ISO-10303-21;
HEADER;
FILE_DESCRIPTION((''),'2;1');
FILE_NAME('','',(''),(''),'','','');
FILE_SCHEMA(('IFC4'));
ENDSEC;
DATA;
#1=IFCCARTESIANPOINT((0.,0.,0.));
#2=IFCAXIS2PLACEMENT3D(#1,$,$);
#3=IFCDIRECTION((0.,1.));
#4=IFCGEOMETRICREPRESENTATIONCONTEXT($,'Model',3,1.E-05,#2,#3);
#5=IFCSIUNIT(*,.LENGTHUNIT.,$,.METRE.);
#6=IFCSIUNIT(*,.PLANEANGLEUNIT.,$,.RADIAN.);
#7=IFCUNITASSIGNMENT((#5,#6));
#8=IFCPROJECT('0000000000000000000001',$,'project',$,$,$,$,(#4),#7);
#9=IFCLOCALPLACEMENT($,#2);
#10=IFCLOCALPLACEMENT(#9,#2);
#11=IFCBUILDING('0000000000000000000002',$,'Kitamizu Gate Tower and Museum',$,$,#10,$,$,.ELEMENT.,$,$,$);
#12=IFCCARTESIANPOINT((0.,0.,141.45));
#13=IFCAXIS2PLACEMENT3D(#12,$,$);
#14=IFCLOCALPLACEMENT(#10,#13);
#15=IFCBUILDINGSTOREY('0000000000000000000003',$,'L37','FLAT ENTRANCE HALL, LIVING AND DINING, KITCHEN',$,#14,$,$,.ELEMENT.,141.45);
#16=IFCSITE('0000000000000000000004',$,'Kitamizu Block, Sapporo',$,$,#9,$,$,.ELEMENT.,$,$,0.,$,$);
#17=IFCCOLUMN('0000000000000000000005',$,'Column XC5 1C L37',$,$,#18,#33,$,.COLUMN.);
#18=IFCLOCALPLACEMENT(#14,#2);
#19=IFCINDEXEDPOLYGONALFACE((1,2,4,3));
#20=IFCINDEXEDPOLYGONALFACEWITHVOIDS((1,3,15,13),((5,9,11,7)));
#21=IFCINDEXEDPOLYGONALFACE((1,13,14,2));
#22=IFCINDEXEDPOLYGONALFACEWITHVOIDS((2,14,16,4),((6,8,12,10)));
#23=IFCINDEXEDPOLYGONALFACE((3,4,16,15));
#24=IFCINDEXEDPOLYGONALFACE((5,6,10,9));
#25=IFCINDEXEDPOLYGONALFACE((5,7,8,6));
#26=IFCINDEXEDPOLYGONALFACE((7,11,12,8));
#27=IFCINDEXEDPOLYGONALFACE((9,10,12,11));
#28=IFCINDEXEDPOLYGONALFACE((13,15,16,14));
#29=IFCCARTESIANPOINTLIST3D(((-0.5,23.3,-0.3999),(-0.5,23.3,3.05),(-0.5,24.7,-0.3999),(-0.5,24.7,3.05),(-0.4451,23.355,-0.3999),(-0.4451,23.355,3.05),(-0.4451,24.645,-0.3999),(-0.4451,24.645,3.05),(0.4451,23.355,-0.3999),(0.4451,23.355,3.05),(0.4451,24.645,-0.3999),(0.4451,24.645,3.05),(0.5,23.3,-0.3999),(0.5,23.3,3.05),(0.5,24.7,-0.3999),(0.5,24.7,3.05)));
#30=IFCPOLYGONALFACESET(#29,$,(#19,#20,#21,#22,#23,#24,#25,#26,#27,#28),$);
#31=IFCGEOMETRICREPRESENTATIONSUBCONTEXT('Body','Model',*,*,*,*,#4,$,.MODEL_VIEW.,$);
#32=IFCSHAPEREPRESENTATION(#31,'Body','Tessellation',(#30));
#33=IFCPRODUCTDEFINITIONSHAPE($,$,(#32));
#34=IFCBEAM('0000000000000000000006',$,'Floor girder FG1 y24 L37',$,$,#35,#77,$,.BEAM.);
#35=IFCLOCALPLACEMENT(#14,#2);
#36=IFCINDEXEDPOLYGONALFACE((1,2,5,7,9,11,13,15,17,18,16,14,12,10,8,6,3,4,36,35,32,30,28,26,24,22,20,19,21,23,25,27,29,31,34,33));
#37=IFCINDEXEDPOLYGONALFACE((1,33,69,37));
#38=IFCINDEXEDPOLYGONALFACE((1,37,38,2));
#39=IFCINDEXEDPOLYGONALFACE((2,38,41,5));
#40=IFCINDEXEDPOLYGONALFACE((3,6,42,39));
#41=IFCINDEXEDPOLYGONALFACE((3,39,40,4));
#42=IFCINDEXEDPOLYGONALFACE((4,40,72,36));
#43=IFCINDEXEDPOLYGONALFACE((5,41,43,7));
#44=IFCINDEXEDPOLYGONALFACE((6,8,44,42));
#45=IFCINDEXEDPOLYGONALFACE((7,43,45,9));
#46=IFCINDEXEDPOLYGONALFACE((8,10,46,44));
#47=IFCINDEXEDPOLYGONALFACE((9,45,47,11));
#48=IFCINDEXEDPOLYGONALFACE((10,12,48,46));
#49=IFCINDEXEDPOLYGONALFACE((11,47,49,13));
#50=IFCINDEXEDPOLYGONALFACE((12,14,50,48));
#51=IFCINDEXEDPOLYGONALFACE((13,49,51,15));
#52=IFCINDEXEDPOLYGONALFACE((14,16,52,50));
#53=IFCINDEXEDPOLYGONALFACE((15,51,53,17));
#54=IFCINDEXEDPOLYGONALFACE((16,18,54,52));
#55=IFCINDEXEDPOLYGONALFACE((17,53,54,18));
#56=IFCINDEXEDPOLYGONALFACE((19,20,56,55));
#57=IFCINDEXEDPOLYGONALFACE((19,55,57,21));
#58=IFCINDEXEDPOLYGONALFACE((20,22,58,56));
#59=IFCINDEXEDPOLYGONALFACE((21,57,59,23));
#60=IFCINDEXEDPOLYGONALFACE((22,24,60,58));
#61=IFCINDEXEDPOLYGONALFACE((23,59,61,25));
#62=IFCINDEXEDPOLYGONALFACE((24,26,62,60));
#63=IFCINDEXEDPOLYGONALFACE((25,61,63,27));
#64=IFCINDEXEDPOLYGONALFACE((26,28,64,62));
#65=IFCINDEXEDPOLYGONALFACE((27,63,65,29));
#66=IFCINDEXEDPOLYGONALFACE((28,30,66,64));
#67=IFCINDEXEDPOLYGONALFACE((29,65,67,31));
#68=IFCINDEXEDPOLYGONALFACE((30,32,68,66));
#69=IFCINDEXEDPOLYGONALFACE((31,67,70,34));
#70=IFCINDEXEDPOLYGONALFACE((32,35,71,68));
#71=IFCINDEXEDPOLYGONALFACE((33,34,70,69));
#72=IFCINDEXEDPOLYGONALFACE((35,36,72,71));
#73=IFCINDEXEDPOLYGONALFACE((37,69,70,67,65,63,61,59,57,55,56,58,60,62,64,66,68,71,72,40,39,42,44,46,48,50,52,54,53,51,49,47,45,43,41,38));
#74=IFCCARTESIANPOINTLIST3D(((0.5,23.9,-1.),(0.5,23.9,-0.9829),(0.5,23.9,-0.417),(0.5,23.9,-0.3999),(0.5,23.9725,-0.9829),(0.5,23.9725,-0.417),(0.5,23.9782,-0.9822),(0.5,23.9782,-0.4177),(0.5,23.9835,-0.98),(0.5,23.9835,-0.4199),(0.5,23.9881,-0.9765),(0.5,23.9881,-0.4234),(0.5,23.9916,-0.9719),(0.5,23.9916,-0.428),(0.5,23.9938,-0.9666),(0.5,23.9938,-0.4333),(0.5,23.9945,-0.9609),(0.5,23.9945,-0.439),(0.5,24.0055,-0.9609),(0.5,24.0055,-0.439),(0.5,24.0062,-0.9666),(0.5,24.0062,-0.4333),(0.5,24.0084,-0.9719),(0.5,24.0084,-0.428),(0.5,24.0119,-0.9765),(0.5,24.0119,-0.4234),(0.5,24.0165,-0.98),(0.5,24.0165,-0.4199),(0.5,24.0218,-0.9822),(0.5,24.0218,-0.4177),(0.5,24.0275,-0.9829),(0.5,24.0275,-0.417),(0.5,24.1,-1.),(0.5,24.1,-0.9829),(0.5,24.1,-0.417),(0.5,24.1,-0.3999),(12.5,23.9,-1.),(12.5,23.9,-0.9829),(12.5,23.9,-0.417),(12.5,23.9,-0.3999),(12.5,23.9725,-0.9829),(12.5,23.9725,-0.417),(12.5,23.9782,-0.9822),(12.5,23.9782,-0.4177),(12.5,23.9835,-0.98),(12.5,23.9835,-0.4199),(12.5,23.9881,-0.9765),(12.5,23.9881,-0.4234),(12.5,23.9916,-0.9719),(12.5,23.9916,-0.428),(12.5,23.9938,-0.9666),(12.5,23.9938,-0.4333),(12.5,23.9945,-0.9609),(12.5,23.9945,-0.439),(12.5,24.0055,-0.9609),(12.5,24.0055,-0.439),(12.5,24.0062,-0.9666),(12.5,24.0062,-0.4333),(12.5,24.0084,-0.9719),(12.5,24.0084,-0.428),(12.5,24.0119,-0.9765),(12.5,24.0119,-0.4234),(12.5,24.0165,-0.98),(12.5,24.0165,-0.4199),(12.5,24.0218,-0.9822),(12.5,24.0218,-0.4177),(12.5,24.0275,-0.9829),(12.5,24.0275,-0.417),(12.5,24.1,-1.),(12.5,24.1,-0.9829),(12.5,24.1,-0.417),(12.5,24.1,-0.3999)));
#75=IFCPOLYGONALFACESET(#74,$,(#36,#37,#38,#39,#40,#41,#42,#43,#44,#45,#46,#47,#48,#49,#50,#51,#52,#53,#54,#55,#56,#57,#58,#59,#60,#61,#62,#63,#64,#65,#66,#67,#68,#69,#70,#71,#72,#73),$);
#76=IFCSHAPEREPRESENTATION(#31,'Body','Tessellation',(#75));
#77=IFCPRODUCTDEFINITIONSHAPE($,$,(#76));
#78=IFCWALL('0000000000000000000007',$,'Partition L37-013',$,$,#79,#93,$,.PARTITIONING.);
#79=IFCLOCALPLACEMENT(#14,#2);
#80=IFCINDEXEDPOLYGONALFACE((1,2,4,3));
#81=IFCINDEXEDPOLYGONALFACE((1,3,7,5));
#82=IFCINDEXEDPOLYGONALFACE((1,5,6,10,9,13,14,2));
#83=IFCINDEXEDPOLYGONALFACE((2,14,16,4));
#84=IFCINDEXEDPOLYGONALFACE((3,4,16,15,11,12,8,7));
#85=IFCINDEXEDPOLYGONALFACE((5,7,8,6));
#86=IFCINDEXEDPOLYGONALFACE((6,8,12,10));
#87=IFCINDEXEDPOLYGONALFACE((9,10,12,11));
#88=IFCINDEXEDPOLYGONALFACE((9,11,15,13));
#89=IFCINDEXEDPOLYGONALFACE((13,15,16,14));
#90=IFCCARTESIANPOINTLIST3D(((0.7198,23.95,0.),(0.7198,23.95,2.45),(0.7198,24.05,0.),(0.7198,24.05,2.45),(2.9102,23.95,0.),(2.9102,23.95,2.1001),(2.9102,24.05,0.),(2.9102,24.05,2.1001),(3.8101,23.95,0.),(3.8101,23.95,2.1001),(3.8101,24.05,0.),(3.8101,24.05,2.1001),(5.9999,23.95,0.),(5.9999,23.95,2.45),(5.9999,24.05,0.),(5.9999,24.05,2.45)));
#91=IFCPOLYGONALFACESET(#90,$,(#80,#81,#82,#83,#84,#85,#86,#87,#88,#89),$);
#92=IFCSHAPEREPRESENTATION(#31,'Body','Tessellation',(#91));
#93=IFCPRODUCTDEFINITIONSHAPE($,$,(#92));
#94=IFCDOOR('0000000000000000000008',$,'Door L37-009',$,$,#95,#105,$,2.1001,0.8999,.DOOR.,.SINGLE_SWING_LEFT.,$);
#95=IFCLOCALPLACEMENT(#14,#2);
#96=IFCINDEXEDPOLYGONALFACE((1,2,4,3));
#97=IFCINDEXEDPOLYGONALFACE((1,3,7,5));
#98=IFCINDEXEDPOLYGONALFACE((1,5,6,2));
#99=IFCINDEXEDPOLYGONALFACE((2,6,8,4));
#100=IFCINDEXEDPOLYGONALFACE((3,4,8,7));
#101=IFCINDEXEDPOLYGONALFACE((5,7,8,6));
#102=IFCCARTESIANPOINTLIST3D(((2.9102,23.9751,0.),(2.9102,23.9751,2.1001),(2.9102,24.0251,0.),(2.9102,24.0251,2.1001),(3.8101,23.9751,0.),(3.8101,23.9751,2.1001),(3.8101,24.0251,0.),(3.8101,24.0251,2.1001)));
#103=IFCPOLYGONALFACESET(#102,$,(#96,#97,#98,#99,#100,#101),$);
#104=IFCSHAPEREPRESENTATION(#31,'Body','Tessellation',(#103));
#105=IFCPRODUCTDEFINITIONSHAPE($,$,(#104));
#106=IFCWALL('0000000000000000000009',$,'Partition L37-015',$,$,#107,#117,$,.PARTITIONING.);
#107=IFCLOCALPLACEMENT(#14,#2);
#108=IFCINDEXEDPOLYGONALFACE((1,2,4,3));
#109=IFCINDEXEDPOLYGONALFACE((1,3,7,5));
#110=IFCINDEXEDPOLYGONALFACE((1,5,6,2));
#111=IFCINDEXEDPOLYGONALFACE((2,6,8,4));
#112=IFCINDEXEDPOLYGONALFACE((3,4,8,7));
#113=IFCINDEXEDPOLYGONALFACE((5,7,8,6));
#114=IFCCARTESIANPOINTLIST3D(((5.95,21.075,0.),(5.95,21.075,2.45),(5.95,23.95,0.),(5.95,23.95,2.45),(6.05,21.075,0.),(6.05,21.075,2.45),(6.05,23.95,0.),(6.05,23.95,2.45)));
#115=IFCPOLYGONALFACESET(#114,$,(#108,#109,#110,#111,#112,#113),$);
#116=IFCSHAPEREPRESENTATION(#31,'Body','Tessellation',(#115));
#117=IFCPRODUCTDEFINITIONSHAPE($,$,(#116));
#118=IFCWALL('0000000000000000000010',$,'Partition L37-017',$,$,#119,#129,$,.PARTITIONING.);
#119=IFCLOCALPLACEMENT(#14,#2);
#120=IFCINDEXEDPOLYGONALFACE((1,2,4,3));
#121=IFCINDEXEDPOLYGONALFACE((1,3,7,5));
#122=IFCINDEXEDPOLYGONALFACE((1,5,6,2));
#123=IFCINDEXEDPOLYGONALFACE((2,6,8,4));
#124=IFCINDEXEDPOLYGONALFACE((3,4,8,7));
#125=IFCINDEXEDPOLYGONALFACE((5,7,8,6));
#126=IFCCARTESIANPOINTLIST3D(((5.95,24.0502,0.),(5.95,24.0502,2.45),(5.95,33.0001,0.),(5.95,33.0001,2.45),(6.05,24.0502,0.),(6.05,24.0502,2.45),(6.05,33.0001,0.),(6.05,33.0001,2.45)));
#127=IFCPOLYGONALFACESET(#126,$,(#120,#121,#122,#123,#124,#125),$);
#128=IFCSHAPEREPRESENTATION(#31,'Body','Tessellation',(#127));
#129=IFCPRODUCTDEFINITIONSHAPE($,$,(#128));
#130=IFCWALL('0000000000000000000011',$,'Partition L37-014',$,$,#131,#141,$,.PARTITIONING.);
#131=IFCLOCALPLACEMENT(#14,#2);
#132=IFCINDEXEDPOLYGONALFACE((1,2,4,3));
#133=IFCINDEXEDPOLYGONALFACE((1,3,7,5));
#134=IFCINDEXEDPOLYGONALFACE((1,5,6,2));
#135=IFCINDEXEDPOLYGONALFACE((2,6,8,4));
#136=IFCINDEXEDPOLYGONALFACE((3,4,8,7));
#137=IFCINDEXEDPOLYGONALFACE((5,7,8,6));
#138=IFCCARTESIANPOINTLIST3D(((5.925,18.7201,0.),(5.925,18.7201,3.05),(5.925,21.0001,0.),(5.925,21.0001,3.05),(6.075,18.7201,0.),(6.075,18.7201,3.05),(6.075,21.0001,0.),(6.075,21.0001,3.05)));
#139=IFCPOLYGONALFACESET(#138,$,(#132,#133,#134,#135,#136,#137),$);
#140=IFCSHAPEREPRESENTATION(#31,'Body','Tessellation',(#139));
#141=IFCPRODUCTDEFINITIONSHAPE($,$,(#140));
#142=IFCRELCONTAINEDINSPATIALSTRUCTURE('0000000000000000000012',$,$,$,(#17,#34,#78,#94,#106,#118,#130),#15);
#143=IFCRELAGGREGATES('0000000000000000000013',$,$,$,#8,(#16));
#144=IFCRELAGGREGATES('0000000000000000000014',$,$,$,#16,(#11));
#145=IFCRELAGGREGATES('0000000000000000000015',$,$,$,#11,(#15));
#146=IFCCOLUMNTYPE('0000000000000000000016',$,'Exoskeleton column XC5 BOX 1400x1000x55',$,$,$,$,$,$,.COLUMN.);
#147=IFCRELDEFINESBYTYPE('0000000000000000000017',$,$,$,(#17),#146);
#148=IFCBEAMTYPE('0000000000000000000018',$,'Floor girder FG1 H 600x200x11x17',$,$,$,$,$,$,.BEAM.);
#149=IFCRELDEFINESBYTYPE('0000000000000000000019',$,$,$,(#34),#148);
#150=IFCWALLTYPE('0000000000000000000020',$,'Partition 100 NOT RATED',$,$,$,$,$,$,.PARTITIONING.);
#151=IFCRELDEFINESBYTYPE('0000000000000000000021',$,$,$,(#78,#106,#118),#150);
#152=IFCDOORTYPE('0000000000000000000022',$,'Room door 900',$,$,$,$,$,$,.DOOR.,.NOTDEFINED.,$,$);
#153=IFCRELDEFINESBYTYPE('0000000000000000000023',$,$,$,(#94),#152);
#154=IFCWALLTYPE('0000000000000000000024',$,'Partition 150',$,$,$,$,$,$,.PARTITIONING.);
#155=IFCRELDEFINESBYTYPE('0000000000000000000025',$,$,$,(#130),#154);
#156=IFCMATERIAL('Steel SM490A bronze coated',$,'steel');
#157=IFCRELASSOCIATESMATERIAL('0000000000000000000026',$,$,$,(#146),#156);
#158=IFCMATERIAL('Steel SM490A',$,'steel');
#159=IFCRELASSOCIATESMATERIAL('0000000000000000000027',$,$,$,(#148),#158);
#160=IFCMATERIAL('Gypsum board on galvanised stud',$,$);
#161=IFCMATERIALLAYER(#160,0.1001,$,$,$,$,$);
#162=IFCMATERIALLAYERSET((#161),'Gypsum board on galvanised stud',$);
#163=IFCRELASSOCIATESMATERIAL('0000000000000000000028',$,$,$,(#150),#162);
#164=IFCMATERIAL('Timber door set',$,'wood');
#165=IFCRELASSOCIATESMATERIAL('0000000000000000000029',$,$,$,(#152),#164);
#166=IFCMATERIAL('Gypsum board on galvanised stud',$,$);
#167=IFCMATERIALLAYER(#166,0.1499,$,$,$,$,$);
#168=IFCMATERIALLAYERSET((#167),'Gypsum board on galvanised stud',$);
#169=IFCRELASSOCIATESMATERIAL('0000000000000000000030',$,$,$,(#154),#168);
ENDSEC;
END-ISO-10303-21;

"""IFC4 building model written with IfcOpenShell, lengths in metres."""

from ifc_helpers import new_model, si_unit, direction, frame, frame_2d, origin, origin_2d, place, context, subcontext, project, spatial, rectangle, hollow_rectangle, i_section, extrude, material, layer, layer_set, material_profile, profile_set, type_object, element, fill, save


model = new_model("IFC4")

# Units and contexts
model_context = context("Model", 3, precision=1e-05, world=origin(), true_north=direction((0.0, 1.0)))
body_context = subcontext(model_context, "Body", "Model", "MODEL_VIEW")
ifc_project = project(units=[si_unit("LENGTHUNIT", "METRE"), si_unit("PLANEANGLEUNIT", "RADIAN")], contexts=[model_context])

# Site, building, storey
site_placement = place(None, origin())
site = spatial("IfcSite", under=ifc_project, at=site_placement, Name="Kitamizu Block, Sapporo", CompositionType="ELEMENT", RefElevation=0.0)
building_placement = place(site_placement, origin())
building = spatial("IfcBuilding", under=site, at=building_placement, Name="Kitamizu Gate Tower and Museum", CompositionType="ELEMENT")
storey_placement = place(building_placement, frame((0.0, 0.0, 141.45)))
storey = spatial("IfcBuildingStorey", under=building, at=storey_placement, Name="L37", Description="FLAT ENTRANCE HALL, LIVING AND DINING, KITCHEN", CompositionType="ELEMENT", Elevation=141.45)

# Column
ifc_material_1 = material(Name="Steel SM490A bronze coated", Category="steel")
ifc_material_profile_1 = material_profile(ifc_material_1, hollow_rectangle(XDim=1.3999, YDim=1.0, WallThickness=0.0549, at=origin_2d()), Name="BOX 1400x1000x55")
ifc_profile_set_1 = profile_set([ifc_material_profile_1], Name="Steel SM490A bronze coated")
column_type = type_object("IfcColumnType", Name="Exoskeleton column XC5 BOX 1400x1000x55", PredefinedType="COLUMN", material=ifc_profile_set_1)
column_placement = place(storey_placement, frame((0.0, 24.0, -0.3999), z_axis=(0.0, 0.0, 1.0), x_axis=(0.0, 1.0, 0.0)))
element("IfcColumn", 1, at=column_placement, inside=storey, type_object=column_type, Name="Column XC5 1C L37", PredefinedType="COLUMN", context=body_context, shape_type="SweptSolid", body=[
    extrude(hollow_rectangle(XDim=1.3999, YDim=1.0, WallThickness=0.0549, at=origin_2d()), origin(), (0.0, 0.0, 1.0), 3.45),
])

# Beam
ifc_material_2 = material(Name="Steel SM490A", Category="steel")
ifc_material_profile_2 = material_profile(ifc_material_2, i_section(OverallWidth=0.2, OverallDepth=0.6001, WebThickness=0.011, FlangeThickness=0.0171, FilletRadius=0.022, at=origin_2d()), Name="H-600x200x11x17")
ifc_profile_set_2 = profile_set([ifc_material_profile_2], Name="Steel SM490A")
beam_type = type_object("IfcBeamType", Name="Floor girder FG1 H 600x200x11x17", PredefinedType="BEAM", material=ifc_profile_set_2)
beam_placement = place(storey_placement, frame((0.5, 24.0, -0.7), z_axis=(1.0, 0.0, 0.0), x_axis=(0.0, 1.0, 0.0)))
element("IfcBeam", 2, at=beam_placement, inside=storey, type_object=beam_type, Name="Floor girder FG1 y24 L37", PredefinedType="BEAM", context=body_context, shape_type="SweptSolid", body=[
    extrude(i_section(OverallWidth=0.2, OverallDepth=0.6001, WebThickness=0.011, FlangeThickness=0.0171, FilletRadius=0.022, at=origin_2d()), origin(), (0.0, 0.0, 1.0), 12.0),
])

# Wall, opening, door
ifc_material_3 = material(Name="Gypsum board on galvanised stud")
ifc_layer_1 = layer(ifc_material_3, 0.1001)
ifc_layer_set_1 = layer_set([ifc_layer_1], Name="Gypsum board on galvanised stud")
wall_type_1 = type_object("IfcWallType", Name="Partition 100 NOT RATED", PredefinedType="PARTITIONING", material=ifc_layer_set_1)
wall_1_placement = place(storey_placement, frame((6.0, 24.0, 0.0), z_axis=(0.0, 0.0, 1.0), x_axis=(-1.0, 0.0, 0.0)))
wall_1 = element("IfcWall", 3, at=wall_1_placement, inside=storey, type_object=wall_type_1, Name="Partition L37-013", PredefinedType="PARTITIONING", context=body_context, shape_type="SweptSolid", body=[
    extrude(rectangle(XDim=5.28, YDim=0.1001, at=frame_2d((2.6401, 0.0))), origin(), (0.0, 0.0, 1.0), 2.45),
])
opening_1_placement = place(wall_1_placement, frame((2.1899, 0.0, 0.0)))
opening_1 = element("IfcOpeningElement", 4, at=opening_1_placement, cuts=wall_1, PredefinedType="OPENING", context=body_context, shape_type="SweptSolid", body=[
    extrude(rectangle(XDim=0.8999, YDim=2.1001, at=frame_2d((0.45, 1.05))), frame((0.0, 0.0601, 0.0), z_axis=(0.0, -1.0, 0.0), x_axis=(1.0, 0.0, 0.0)), (0.0, 0.0, 1.0), 0.1201),
])
ifc_material_4 = material(Name="Timber door set", Category="wood")
door_type = type_object("IfcDoorType", Name="Room door 900", OperationType="NOTDEFINED", PredefinedType="DOOR", material=ifc_material_4)
door_placement = place(opening_1_placement, origin())
door = element("IfcDoor", 5, at=door_placement, inside=storey, type_object=door_type, Name="Door L37-009", OperationType="SINGLE_SWING_LEFT", OverallHeight=2.1001, OverallWidth=0.8999, PredefinedType="DOOR", context=body_context, shape_type="SweptSolid", body=[
    extrude(rectangle(XDim=0.8999, YDim=2.1001, at=frame_2d((0.45, 1.05))), frame((0.0, 0.0249, 0.0), z_axis=(0.0, -1.0, 0.0), x_axis=(1.0, 0.0, 0.0)), (0.0, 0.0, 1.0), 0.05),
])
fill(opening_1, door)

# Walls
wall_2_placement = place(storey_placement, frame((6.0, 21.075, 0.0), z_axis=(0.0, 0.0, 1.0), x_axis=(0.0, 1.0, 0.0)))
element("IfcWall", 6, at=wall_2_placement, inside=storey, type_object=wall_type_1, Name="Partition L37-015", PredefinedType="PARTITIONING", context=body_context, shape_type="SweptSolid", body=[
    extrude(rectangle(XDim=2.875, YDim=0.1001, at=frame_2d((1.4375, 0.0))), origin(), (0.0, 0.0, 1.0), 2.45),
])
wall_3_placement = place(storey_placement, frame((6.0, 24.05, 0.0), z_axis=(0.0, 0.0, 1.0), x_axis=(0.0, 1.0, 0.0)))
element("IfcWall", 7, at=wall_3_placement, inside=storey, type_object=wall_type_1, Name="Partition L37-017", PredefinedType="PARTITIONING", context=body_context, shape_type="SweptSolid", body=[
    extrude(rectangle(XDim=8.95, YDim=0.1001, at=frame_2d((4.4751, 0.0))), origin(), (0.0, 0.0, 1.0), 2.45),
])
ifc_material_5 = material(Name="Gypsum board on galvanised stud")
ifc_layer_2 = layer(ifc_material_5, 0.1499)
ifc_layer_set_2 = layer_set([ifc_layer_2], Name="Gypsum board on galvanised stud")
wall_type_2 = type_object("IfcWallType", Name="Partition 150", PredefinedType="PARTITIONING", material=ifc_layer_set_2)
wall_4_placement = place(storey_placement, frame((6.0, 18.72, 0.0), z_axis=(0.0, 0.0, 1.0), x_axis=(0.0, 1.0, 0.0)))
element("IfcWall", 8, at=wall_4_placement, inside=storey, type_object=wall_type_2, Name="Partition L37-014", PredefinedType="PARTITIONING", context=body_context, shape_type="SweptSolid", body=[
    extrude(rectangle(XDim=2.28, YDim=0.1499, at=frame_2d((1.1401, 0.0))), origin(), (0.0, 0.0, 1.0), 3.05),
])

save(model, "model.ifc")
